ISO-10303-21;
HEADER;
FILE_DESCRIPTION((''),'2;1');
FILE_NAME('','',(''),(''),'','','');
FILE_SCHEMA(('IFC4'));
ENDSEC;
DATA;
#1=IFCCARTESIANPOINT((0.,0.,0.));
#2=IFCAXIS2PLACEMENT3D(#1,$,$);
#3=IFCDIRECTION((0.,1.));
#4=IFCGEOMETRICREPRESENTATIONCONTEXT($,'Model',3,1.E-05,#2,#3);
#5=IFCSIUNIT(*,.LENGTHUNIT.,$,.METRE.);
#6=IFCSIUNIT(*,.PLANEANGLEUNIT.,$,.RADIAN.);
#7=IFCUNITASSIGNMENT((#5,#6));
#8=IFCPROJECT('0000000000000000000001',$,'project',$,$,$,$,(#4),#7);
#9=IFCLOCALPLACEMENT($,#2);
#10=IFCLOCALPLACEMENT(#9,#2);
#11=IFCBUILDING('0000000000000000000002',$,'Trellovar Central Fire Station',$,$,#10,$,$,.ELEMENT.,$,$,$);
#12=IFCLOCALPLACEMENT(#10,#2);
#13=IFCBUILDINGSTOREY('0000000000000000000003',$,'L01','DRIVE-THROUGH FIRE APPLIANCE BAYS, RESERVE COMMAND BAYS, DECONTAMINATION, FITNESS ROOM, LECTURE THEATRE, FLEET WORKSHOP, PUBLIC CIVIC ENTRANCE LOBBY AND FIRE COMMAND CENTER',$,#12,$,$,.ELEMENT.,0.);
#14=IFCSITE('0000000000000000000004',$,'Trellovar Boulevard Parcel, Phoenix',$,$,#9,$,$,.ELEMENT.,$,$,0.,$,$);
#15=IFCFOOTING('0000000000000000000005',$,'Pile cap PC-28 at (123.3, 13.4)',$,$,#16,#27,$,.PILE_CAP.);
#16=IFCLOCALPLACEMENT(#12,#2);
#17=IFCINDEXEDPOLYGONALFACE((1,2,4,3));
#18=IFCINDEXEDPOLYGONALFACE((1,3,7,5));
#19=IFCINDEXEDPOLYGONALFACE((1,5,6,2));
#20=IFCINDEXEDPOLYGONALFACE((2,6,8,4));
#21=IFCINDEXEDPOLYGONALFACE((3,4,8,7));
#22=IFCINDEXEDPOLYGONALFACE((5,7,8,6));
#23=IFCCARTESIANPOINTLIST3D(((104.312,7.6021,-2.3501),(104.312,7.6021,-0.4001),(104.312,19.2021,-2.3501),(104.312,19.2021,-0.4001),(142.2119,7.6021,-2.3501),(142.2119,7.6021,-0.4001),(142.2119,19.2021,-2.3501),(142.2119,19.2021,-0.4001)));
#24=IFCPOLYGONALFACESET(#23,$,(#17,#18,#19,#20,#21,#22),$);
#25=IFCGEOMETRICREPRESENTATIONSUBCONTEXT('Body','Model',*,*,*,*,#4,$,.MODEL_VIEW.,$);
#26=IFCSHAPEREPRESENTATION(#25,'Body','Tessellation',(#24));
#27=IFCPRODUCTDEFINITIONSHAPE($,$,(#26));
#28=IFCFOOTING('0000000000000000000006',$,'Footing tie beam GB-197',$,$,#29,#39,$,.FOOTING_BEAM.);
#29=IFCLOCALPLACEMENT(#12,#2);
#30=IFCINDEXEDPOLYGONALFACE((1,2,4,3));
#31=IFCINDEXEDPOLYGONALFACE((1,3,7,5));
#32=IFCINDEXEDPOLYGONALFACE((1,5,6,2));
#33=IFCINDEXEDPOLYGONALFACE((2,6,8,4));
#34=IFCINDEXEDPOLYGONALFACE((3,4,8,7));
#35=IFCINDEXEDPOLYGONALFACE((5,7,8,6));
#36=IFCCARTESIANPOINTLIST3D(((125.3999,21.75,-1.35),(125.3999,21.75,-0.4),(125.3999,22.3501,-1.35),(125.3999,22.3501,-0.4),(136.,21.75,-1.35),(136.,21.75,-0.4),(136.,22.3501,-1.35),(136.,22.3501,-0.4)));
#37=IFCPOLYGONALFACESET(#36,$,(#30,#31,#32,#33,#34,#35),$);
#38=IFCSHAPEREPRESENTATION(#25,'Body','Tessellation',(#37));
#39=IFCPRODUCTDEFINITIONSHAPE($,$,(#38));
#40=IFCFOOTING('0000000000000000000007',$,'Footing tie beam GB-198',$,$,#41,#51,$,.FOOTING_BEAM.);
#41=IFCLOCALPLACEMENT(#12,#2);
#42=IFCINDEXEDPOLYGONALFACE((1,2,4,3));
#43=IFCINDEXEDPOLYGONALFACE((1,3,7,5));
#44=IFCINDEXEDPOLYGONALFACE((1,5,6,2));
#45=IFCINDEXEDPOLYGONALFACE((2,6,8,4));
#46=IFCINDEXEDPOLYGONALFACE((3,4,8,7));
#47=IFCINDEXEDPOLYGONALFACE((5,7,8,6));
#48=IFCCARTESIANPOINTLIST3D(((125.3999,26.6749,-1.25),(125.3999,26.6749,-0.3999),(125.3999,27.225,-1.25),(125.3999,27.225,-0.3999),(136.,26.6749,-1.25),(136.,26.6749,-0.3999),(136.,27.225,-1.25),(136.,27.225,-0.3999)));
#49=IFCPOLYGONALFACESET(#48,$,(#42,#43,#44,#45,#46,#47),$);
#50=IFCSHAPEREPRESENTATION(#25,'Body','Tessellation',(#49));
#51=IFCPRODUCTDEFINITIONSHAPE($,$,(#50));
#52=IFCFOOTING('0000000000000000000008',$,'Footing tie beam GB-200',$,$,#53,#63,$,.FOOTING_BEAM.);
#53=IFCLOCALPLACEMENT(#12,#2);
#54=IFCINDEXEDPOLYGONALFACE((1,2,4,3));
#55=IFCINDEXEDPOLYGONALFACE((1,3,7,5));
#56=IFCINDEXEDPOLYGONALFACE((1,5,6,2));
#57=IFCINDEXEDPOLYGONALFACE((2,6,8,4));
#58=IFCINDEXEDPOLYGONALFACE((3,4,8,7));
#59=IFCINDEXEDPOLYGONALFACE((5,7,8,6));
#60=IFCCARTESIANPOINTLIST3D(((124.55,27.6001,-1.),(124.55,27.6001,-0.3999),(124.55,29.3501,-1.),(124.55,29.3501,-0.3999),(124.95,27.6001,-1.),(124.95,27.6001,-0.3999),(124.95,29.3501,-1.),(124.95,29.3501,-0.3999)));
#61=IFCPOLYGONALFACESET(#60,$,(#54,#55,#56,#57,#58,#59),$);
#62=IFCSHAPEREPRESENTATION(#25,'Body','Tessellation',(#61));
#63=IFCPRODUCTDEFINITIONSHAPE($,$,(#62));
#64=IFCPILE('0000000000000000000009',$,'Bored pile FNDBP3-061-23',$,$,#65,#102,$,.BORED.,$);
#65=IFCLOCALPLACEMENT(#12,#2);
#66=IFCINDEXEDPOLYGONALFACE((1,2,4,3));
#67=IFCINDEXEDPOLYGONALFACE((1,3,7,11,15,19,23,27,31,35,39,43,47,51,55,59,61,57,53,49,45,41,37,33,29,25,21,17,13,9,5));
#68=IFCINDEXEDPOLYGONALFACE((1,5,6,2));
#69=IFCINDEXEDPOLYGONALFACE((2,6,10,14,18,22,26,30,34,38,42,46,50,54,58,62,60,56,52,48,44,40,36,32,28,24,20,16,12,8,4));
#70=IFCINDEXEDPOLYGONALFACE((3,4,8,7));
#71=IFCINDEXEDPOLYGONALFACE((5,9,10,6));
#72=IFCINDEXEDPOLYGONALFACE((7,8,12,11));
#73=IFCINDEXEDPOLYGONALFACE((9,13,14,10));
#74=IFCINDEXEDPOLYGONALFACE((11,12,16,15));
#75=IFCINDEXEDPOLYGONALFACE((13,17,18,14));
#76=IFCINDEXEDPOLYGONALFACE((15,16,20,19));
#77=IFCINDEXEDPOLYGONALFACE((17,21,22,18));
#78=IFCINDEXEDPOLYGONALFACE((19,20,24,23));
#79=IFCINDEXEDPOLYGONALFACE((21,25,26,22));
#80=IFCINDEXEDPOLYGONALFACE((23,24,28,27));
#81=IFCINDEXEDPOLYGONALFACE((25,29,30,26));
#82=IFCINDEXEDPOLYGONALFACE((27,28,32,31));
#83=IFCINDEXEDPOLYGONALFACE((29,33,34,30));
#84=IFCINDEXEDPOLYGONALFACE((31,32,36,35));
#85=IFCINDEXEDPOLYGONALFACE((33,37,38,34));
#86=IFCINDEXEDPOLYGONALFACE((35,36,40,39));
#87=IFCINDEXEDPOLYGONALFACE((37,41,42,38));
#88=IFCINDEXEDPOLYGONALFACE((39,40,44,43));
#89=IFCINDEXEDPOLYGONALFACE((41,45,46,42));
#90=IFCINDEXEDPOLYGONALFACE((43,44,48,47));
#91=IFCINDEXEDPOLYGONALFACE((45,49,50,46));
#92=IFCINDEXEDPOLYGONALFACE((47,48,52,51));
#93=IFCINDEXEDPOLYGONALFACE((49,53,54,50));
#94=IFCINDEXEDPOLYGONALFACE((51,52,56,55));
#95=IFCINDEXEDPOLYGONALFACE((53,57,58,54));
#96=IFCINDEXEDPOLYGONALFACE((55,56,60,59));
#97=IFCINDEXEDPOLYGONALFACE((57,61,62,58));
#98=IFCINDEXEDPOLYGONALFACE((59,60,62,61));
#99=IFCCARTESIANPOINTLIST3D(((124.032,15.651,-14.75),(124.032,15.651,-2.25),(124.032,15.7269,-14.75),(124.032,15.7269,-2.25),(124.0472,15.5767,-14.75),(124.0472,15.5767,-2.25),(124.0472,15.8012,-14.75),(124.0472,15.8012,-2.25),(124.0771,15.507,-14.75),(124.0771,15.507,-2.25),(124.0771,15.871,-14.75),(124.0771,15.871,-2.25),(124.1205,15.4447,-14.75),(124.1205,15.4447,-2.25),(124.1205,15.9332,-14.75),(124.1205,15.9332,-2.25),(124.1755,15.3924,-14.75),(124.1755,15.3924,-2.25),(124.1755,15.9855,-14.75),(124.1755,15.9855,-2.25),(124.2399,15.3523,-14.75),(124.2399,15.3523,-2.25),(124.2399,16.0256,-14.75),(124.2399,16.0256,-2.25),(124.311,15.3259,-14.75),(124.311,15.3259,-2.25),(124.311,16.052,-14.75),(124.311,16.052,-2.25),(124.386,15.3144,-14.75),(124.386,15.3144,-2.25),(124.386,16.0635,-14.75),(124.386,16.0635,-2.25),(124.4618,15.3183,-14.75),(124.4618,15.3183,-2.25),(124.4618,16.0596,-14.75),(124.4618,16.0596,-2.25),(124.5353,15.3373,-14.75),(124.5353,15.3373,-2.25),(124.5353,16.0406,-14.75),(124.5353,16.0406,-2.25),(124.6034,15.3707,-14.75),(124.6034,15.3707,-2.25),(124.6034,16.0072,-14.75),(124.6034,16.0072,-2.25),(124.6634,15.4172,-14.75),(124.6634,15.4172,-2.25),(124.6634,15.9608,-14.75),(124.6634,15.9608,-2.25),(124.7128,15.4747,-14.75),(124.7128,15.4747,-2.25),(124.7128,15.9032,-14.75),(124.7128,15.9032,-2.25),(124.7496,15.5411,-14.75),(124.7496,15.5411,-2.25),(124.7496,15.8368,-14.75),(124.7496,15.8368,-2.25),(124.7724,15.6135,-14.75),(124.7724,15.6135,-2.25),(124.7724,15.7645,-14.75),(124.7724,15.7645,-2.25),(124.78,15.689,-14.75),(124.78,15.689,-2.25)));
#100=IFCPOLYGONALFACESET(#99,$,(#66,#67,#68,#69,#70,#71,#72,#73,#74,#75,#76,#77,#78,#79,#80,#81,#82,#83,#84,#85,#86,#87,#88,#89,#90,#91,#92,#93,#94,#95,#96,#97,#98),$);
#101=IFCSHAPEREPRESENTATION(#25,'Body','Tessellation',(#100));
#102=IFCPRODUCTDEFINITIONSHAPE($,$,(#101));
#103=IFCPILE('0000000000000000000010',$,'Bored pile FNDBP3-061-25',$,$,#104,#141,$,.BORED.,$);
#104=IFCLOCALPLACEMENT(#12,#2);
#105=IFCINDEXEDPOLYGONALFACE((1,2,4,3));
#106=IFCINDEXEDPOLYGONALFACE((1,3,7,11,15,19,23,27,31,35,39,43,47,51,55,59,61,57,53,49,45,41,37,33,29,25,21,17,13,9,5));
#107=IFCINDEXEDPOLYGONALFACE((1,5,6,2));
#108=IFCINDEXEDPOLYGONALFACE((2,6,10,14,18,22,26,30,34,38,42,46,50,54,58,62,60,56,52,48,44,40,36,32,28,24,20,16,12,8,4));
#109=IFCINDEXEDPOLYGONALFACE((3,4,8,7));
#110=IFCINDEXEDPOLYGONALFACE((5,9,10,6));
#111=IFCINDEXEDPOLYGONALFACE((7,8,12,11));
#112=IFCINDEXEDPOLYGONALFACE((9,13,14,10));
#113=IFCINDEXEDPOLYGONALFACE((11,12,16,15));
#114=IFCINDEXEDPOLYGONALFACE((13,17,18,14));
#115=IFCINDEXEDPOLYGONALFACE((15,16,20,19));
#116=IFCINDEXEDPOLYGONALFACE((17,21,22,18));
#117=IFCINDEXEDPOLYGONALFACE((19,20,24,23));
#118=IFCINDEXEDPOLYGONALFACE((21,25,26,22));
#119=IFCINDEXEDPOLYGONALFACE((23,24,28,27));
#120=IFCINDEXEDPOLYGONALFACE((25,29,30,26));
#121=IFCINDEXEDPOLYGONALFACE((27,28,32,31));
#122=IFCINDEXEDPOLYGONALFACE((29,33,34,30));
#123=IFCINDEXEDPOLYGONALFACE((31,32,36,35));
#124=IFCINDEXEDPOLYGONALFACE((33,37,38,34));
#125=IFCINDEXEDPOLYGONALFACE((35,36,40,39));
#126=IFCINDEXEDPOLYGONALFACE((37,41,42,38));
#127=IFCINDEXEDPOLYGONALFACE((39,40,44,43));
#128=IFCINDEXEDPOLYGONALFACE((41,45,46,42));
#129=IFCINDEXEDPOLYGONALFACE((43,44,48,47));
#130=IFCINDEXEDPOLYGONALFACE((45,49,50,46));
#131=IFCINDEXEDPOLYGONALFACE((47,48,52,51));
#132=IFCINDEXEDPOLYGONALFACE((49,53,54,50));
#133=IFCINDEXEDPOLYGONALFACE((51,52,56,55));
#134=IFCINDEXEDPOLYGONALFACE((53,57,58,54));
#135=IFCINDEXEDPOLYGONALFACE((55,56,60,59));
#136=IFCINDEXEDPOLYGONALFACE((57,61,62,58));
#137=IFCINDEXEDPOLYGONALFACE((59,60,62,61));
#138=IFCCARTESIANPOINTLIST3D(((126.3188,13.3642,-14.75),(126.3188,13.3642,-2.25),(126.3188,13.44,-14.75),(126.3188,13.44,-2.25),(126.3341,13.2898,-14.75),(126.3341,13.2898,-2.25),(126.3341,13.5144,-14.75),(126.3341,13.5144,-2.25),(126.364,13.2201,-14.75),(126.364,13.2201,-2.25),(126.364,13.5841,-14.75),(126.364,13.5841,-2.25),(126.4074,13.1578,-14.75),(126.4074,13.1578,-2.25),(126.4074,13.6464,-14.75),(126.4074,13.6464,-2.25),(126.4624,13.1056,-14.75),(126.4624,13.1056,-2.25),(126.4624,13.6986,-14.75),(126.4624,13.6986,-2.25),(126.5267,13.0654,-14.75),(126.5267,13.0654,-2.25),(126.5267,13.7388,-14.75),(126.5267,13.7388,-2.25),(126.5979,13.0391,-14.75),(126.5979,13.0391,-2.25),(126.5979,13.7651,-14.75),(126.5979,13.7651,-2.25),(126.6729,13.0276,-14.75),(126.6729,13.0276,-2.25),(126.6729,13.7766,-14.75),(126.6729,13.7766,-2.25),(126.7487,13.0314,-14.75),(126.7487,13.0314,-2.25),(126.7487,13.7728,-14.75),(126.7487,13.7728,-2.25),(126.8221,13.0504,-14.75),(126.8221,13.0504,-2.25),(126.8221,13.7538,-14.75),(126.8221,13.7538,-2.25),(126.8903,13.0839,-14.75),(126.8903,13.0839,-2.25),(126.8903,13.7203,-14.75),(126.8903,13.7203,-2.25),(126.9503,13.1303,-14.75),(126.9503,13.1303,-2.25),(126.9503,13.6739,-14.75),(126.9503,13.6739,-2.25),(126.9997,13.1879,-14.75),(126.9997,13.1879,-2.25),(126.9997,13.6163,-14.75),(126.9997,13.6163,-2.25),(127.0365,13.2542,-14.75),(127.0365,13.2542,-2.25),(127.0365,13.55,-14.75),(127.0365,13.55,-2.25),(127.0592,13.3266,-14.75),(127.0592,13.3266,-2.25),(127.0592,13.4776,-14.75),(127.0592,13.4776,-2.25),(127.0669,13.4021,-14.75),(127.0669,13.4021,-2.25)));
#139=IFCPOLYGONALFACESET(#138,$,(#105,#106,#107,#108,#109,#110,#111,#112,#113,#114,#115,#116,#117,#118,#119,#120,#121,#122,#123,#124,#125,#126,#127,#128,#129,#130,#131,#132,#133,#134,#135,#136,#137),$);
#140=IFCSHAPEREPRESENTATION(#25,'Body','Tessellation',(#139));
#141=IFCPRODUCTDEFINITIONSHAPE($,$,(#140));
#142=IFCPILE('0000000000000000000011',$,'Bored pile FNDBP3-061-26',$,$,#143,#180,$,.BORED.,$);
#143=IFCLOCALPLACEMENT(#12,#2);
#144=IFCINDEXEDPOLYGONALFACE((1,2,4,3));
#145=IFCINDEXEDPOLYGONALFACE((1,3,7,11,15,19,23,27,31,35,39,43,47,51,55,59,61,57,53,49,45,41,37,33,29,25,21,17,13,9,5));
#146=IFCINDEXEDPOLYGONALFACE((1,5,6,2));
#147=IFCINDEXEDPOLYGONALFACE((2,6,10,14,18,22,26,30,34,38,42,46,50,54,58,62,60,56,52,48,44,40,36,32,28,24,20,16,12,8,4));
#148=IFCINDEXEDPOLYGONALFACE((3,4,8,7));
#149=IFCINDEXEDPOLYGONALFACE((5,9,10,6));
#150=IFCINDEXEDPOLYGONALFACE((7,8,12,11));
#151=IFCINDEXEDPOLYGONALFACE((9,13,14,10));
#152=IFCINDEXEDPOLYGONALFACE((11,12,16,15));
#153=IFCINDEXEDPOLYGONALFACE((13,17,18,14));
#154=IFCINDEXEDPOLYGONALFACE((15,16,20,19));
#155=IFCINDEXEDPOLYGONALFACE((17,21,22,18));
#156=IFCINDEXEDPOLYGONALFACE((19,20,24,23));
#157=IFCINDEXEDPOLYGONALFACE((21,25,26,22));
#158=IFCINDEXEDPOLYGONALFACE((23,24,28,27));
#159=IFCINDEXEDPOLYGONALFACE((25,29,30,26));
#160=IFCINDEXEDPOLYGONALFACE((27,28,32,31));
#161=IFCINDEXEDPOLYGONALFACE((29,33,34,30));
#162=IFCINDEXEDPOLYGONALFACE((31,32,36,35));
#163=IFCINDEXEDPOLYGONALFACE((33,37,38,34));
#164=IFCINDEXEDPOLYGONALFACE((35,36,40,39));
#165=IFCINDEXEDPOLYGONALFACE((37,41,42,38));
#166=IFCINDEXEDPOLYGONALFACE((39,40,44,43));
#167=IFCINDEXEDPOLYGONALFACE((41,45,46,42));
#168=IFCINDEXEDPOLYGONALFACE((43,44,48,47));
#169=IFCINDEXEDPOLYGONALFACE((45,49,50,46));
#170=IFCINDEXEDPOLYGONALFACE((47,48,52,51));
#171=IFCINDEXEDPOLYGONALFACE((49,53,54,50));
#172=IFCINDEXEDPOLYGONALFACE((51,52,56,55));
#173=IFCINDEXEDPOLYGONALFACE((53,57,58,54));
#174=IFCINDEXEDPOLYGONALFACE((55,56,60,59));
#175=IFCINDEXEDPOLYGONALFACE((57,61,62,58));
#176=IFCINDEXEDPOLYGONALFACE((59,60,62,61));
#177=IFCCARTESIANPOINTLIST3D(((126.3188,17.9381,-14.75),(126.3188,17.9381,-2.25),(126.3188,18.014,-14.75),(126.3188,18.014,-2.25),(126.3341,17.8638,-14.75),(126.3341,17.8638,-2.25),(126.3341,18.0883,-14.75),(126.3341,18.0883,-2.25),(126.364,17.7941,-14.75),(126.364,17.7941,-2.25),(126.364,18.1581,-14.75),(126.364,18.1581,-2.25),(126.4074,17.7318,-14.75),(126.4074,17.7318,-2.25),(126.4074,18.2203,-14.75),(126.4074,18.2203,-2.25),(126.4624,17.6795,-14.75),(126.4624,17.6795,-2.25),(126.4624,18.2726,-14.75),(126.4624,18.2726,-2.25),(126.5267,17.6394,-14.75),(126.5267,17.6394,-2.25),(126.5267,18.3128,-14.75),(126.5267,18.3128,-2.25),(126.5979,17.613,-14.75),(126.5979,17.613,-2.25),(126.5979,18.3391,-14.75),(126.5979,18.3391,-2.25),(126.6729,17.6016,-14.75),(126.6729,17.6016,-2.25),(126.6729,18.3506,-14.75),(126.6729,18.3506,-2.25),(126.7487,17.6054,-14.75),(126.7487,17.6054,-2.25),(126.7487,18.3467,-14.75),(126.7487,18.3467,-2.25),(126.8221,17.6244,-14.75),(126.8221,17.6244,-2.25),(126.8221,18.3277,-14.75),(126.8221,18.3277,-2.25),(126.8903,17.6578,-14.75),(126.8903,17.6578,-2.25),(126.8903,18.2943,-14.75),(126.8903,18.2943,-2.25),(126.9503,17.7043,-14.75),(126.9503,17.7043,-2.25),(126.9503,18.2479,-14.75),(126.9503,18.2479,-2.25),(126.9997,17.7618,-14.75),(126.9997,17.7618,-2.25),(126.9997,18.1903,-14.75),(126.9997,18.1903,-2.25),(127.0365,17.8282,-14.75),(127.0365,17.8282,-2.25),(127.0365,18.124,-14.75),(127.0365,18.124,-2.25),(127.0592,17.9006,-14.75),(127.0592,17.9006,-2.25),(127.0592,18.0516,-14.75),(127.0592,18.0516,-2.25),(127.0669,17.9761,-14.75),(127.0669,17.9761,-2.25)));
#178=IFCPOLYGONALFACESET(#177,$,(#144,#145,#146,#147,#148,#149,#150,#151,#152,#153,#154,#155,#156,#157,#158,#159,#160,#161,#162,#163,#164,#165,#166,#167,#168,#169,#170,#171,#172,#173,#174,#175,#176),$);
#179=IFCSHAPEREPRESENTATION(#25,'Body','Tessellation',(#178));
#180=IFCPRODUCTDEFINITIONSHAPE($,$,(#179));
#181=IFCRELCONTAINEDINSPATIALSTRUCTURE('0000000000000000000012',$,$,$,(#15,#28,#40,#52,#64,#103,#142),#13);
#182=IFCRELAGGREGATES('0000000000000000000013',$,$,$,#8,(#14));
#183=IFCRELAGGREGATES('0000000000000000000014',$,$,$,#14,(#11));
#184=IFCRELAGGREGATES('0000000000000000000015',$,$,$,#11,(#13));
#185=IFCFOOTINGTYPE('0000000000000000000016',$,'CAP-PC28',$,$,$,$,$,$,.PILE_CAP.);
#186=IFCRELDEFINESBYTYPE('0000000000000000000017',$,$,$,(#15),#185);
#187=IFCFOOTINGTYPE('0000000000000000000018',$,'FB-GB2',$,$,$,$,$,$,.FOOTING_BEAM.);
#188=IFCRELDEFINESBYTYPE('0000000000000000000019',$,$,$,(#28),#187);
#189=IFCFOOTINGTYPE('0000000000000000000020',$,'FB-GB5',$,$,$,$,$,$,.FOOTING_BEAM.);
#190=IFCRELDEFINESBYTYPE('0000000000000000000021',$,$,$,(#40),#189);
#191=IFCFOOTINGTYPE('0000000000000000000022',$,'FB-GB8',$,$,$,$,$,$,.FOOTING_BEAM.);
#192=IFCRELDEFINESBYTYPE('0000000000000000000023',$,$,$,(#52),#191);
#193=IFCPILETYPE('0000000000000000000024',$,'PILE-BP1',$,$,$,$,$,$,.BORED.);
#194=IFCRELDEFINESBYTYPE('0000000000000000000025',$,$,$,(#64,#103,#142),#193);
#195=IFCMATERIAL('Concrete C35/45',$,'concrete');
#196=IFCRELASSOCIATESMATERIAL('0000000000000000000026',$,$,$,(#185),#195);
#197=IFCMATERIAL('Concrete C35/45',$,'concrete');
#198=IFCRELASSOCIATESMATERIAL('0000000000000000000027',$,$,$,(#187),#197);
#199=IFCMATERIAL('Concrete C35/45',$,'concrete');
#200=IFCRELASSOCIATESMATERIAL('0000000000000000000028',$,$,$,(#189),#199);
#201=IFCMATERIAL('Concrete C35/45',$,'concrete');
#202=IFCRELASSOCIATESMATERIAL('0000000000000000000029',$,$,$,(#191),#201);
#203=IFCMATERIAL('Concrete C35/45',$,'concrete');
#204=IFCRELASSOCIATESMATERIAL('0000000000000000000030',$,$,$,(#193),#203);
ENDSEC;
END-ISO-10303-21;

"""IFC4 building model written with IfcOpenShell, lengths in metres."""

from ifc_helpers import new_model, si_unit, direction, frame, origin, origin_2d, place, context, subcontext, project, spatial, rectangle, circle, extrude, material, material_profile, profile_set, type_object, element, save


model = new_model("IFC4")

# Units and contexts
model_context = context("Model", 3, precision=1e-05, world=origin(), true_north=direction((0.0, 1.0)))
body_context = subcontext(model_context, "Body", "Model", "MODEL_VIEW")
ifc_project = project(units=[si_unit("LENGTHUNIT", "METRE"), si_unit("PLANEANGLEUNIT", "RADIAN")], contexts=[model_context])

# Site, building, storey
site_placement = place(None, origin())
site = spatial("IfcSite", under=ifc_project, at=site_placement, Name="Trellovar Boulevard Parcel, Phoenix", CompositionType="ELEMENT", RefElevation=0.0)
building_placement = place(site_placement, origin())
building = spatial("IfcBuilding", under=site, at=building_placement, Name="Trellovar Central Fire Station", CompositionType="ELEMENT")
storey_placement = place(building_placement, origin())
storey = spatial("IfcBuildingStorey", under=building, at=storey_placement, Name="L01", Description="DRIVE-THROUGH FIRE APPLIANCE BAYS, RESERVE COMMAND BAYS, DECONTAMINATION, FITNESS ROOM, LECTURE THEATRE, FLEET WORKSHOP, PUBLIC CIVIC ENTRANCE LOBBY AND FIRE COMMAND CENTER", CompositionType="ELEMENT", Elevation=0.0)

# Footings
ifc_material_1 = material(Name="Concrete C35/45", Category="concrete")
footing_type_1 = type_object("IfcFootingType", Name="CAP-PC28", PredefinedType="PILE_CAP", material=ifc_material_1)
footing_1_placement = place(storey_placement, frame((123.262, 13.4021, -2.3501), z_axis=(0.0, 0.0, 1.0), x_axis=(1.0, 0.0, 0.0)))
element("IfcFooting", 1, at=footing_1_placement, inside=storey, type_object=footing_type_1, Name="Pile cap PC-28 at (123.3, 13.4)", PredefinedType="PILE_CAP", context=body_context, shape_type="SweptSolid", body=[
    extrude(rectangle(XDim=37.8999, YDim=11.6001, at=origin_2d()), origin(), (0.0, 0.0, 1.0), 1.95),
])
ifc_material_2 = material(Name="Concrete C35/45", Category="concrete")
ifc_material_profile_1 = material_profile(ifc_material_2, rectangle(XDim=0.6001, YDim=0.95, at=origin_2d()), Name="RC600X950")
ifc_profile_set_1 = profile_set([ifc_material_profile_1], Name="Concrete C35/45")
footing_type_2 = type_object("IfcFootingType", Name="FB-GB2", PredefinedType="FOOTING_BEAM", material=ifc_profile_set_1)
footing_2_placement = place(storey_placement, frame((125.3999, 22.05, -0.875), z_axis=(1.0, 0.0, 0.0), x_axis=(0.0, 1.0, 0.0)))
element("IfcFooting", 2, at=footing_2_placement, inside=storey, type_object=footing_type_2, Name="Footing tie beam GB-197", PredefinedType="FOOTING_BEAM", context=body_context, shape_type="SweptSolid", body=[
    extrude(rectangle(XDim=0.6001, YDim=0.95, at=origin_2d()), origin(), (0.0, 0.0, 1.0), 10.6001),
])
ifc_material_3 = material(Name="Concrete C35/45", Category="concrete")
ifc_material_profile_2 = material_profile(ifc_material_3, rectangle(XDim=0.55, YDim=0.8501, at=origin_2d()), Name="RC550X850")
ifc_profile_set_2 = profile_set([ifc_material_profile_2], Name="Concrete C35/45")
footing_type_3 = type_object("IfcFootingType", Name="FB-GB5", PredefinedType="FOOTING_BEAM", material=ifc_profile_set_2)
footing_3_placement = place(storey_placement, frame((125.3999, 26.95, -0.825), z_axis=(1.0, 0.0, 0.0), x_axis=(0.0, 1.0, 0.0)))
element("IfcFooting", 3, at=footing_3_placement, inside=storey, type_object=footing_type_3, Name="Footing tie beam GB-198", PredefinedType="FOOTING_BEAM", context=body_context, shape_type="SweptSolid", body=[
    extrude(rectangle(XDim=0.55, YDim=0.8501, at=origin_2d()), origin(), (0.0, 0.0, 1.0), 10.6001),
])
ifc_material_4 = material(Name="Concrete C35/45", Category="concrete")
ifc_material_profile_3 = material_profile(ifc_material_4, rectangle(XDim=0.3999, YDim=0.6001, at=origin_2d()), Name="RC400X600")
ifc_profile_set_3 = profile_set([ifc_material_profile_3], Name="Concrete C35/45")
footing_type_4 = type_object("IfcFootingType", Name="FB-GB8", PredefinedType="FOOTING_BEAM", material=ifc_profile_set_3)
footing_4_placement = place(storey_placement, frame((124.75, 27.6001, -0.7), z_axis=(0.0, 1.0, 0.0), x_axis=(-1.0, 0.0, 0.0)))
element("IfcFooting", 4, at=footing_4_placement, inside=storey, type_object=footing_type_4, Name="Footing tie beam GB-200", PredefinedType="FOOTING_BEAM", context=body_context, shape_type="SweptSolid", body=[
    extrude(rectangle(XDim=0.3999, YDim=0.6001, at=origin_2d()), origin(), (0.0, 0.0, 1.0), 1.75),
])

# Piles
ifc_material_5 = material(Name="Concrete C35/45", Category="concrete")
ifc_material_profile_4 = material_profile(ifc_material_5, circle(Radius=0.375, at=origin_2d()), Name="PILE750")
ifc_profile_set_4 = profile_set([ifc_material_profile_4], Name="Concrete C35/45")
pile_type = type_object("IfcPileType", Name="PILE-BP1", PredefinedType="BORED", material=ifc_profile_set_4)
for number, where, z_axis, x_axis, name in (
    (5, (124.405, 15.689, -2.25), (0.0, 0.0, -1.0), (1.0, 0.0, 0.0), "Bored pile FNDBP3-061-23"),
    (6, (126.6919, 13.4021, -2.25), (0.0, 0.0, -1.0), (1.0, 0.0, 0.0), "Bored pile FNDBP3-061-25"),
    (7, (126.6919, 17.9761, -2.25), (0.0, 0.0, -1.0), (1.0, 0.0, 0.0), "Bored pile FNDBP3-061-26"),
):
    element("IfcPile", number, at=place(storey_placement, frame(where, z_axis=z_axis, x_axis=x_axis)), inside=storey, type_object=pile_type, Name=name, PredefinedType="BORED", context=body_context, shape_type="SweptSolid", body=[
        extrude(circle(Radius=0.375, at=origin_2d()), origin(), (0.0, 0.0, 1.0), 12.5),
    ])

save(model, "model.ifc")
